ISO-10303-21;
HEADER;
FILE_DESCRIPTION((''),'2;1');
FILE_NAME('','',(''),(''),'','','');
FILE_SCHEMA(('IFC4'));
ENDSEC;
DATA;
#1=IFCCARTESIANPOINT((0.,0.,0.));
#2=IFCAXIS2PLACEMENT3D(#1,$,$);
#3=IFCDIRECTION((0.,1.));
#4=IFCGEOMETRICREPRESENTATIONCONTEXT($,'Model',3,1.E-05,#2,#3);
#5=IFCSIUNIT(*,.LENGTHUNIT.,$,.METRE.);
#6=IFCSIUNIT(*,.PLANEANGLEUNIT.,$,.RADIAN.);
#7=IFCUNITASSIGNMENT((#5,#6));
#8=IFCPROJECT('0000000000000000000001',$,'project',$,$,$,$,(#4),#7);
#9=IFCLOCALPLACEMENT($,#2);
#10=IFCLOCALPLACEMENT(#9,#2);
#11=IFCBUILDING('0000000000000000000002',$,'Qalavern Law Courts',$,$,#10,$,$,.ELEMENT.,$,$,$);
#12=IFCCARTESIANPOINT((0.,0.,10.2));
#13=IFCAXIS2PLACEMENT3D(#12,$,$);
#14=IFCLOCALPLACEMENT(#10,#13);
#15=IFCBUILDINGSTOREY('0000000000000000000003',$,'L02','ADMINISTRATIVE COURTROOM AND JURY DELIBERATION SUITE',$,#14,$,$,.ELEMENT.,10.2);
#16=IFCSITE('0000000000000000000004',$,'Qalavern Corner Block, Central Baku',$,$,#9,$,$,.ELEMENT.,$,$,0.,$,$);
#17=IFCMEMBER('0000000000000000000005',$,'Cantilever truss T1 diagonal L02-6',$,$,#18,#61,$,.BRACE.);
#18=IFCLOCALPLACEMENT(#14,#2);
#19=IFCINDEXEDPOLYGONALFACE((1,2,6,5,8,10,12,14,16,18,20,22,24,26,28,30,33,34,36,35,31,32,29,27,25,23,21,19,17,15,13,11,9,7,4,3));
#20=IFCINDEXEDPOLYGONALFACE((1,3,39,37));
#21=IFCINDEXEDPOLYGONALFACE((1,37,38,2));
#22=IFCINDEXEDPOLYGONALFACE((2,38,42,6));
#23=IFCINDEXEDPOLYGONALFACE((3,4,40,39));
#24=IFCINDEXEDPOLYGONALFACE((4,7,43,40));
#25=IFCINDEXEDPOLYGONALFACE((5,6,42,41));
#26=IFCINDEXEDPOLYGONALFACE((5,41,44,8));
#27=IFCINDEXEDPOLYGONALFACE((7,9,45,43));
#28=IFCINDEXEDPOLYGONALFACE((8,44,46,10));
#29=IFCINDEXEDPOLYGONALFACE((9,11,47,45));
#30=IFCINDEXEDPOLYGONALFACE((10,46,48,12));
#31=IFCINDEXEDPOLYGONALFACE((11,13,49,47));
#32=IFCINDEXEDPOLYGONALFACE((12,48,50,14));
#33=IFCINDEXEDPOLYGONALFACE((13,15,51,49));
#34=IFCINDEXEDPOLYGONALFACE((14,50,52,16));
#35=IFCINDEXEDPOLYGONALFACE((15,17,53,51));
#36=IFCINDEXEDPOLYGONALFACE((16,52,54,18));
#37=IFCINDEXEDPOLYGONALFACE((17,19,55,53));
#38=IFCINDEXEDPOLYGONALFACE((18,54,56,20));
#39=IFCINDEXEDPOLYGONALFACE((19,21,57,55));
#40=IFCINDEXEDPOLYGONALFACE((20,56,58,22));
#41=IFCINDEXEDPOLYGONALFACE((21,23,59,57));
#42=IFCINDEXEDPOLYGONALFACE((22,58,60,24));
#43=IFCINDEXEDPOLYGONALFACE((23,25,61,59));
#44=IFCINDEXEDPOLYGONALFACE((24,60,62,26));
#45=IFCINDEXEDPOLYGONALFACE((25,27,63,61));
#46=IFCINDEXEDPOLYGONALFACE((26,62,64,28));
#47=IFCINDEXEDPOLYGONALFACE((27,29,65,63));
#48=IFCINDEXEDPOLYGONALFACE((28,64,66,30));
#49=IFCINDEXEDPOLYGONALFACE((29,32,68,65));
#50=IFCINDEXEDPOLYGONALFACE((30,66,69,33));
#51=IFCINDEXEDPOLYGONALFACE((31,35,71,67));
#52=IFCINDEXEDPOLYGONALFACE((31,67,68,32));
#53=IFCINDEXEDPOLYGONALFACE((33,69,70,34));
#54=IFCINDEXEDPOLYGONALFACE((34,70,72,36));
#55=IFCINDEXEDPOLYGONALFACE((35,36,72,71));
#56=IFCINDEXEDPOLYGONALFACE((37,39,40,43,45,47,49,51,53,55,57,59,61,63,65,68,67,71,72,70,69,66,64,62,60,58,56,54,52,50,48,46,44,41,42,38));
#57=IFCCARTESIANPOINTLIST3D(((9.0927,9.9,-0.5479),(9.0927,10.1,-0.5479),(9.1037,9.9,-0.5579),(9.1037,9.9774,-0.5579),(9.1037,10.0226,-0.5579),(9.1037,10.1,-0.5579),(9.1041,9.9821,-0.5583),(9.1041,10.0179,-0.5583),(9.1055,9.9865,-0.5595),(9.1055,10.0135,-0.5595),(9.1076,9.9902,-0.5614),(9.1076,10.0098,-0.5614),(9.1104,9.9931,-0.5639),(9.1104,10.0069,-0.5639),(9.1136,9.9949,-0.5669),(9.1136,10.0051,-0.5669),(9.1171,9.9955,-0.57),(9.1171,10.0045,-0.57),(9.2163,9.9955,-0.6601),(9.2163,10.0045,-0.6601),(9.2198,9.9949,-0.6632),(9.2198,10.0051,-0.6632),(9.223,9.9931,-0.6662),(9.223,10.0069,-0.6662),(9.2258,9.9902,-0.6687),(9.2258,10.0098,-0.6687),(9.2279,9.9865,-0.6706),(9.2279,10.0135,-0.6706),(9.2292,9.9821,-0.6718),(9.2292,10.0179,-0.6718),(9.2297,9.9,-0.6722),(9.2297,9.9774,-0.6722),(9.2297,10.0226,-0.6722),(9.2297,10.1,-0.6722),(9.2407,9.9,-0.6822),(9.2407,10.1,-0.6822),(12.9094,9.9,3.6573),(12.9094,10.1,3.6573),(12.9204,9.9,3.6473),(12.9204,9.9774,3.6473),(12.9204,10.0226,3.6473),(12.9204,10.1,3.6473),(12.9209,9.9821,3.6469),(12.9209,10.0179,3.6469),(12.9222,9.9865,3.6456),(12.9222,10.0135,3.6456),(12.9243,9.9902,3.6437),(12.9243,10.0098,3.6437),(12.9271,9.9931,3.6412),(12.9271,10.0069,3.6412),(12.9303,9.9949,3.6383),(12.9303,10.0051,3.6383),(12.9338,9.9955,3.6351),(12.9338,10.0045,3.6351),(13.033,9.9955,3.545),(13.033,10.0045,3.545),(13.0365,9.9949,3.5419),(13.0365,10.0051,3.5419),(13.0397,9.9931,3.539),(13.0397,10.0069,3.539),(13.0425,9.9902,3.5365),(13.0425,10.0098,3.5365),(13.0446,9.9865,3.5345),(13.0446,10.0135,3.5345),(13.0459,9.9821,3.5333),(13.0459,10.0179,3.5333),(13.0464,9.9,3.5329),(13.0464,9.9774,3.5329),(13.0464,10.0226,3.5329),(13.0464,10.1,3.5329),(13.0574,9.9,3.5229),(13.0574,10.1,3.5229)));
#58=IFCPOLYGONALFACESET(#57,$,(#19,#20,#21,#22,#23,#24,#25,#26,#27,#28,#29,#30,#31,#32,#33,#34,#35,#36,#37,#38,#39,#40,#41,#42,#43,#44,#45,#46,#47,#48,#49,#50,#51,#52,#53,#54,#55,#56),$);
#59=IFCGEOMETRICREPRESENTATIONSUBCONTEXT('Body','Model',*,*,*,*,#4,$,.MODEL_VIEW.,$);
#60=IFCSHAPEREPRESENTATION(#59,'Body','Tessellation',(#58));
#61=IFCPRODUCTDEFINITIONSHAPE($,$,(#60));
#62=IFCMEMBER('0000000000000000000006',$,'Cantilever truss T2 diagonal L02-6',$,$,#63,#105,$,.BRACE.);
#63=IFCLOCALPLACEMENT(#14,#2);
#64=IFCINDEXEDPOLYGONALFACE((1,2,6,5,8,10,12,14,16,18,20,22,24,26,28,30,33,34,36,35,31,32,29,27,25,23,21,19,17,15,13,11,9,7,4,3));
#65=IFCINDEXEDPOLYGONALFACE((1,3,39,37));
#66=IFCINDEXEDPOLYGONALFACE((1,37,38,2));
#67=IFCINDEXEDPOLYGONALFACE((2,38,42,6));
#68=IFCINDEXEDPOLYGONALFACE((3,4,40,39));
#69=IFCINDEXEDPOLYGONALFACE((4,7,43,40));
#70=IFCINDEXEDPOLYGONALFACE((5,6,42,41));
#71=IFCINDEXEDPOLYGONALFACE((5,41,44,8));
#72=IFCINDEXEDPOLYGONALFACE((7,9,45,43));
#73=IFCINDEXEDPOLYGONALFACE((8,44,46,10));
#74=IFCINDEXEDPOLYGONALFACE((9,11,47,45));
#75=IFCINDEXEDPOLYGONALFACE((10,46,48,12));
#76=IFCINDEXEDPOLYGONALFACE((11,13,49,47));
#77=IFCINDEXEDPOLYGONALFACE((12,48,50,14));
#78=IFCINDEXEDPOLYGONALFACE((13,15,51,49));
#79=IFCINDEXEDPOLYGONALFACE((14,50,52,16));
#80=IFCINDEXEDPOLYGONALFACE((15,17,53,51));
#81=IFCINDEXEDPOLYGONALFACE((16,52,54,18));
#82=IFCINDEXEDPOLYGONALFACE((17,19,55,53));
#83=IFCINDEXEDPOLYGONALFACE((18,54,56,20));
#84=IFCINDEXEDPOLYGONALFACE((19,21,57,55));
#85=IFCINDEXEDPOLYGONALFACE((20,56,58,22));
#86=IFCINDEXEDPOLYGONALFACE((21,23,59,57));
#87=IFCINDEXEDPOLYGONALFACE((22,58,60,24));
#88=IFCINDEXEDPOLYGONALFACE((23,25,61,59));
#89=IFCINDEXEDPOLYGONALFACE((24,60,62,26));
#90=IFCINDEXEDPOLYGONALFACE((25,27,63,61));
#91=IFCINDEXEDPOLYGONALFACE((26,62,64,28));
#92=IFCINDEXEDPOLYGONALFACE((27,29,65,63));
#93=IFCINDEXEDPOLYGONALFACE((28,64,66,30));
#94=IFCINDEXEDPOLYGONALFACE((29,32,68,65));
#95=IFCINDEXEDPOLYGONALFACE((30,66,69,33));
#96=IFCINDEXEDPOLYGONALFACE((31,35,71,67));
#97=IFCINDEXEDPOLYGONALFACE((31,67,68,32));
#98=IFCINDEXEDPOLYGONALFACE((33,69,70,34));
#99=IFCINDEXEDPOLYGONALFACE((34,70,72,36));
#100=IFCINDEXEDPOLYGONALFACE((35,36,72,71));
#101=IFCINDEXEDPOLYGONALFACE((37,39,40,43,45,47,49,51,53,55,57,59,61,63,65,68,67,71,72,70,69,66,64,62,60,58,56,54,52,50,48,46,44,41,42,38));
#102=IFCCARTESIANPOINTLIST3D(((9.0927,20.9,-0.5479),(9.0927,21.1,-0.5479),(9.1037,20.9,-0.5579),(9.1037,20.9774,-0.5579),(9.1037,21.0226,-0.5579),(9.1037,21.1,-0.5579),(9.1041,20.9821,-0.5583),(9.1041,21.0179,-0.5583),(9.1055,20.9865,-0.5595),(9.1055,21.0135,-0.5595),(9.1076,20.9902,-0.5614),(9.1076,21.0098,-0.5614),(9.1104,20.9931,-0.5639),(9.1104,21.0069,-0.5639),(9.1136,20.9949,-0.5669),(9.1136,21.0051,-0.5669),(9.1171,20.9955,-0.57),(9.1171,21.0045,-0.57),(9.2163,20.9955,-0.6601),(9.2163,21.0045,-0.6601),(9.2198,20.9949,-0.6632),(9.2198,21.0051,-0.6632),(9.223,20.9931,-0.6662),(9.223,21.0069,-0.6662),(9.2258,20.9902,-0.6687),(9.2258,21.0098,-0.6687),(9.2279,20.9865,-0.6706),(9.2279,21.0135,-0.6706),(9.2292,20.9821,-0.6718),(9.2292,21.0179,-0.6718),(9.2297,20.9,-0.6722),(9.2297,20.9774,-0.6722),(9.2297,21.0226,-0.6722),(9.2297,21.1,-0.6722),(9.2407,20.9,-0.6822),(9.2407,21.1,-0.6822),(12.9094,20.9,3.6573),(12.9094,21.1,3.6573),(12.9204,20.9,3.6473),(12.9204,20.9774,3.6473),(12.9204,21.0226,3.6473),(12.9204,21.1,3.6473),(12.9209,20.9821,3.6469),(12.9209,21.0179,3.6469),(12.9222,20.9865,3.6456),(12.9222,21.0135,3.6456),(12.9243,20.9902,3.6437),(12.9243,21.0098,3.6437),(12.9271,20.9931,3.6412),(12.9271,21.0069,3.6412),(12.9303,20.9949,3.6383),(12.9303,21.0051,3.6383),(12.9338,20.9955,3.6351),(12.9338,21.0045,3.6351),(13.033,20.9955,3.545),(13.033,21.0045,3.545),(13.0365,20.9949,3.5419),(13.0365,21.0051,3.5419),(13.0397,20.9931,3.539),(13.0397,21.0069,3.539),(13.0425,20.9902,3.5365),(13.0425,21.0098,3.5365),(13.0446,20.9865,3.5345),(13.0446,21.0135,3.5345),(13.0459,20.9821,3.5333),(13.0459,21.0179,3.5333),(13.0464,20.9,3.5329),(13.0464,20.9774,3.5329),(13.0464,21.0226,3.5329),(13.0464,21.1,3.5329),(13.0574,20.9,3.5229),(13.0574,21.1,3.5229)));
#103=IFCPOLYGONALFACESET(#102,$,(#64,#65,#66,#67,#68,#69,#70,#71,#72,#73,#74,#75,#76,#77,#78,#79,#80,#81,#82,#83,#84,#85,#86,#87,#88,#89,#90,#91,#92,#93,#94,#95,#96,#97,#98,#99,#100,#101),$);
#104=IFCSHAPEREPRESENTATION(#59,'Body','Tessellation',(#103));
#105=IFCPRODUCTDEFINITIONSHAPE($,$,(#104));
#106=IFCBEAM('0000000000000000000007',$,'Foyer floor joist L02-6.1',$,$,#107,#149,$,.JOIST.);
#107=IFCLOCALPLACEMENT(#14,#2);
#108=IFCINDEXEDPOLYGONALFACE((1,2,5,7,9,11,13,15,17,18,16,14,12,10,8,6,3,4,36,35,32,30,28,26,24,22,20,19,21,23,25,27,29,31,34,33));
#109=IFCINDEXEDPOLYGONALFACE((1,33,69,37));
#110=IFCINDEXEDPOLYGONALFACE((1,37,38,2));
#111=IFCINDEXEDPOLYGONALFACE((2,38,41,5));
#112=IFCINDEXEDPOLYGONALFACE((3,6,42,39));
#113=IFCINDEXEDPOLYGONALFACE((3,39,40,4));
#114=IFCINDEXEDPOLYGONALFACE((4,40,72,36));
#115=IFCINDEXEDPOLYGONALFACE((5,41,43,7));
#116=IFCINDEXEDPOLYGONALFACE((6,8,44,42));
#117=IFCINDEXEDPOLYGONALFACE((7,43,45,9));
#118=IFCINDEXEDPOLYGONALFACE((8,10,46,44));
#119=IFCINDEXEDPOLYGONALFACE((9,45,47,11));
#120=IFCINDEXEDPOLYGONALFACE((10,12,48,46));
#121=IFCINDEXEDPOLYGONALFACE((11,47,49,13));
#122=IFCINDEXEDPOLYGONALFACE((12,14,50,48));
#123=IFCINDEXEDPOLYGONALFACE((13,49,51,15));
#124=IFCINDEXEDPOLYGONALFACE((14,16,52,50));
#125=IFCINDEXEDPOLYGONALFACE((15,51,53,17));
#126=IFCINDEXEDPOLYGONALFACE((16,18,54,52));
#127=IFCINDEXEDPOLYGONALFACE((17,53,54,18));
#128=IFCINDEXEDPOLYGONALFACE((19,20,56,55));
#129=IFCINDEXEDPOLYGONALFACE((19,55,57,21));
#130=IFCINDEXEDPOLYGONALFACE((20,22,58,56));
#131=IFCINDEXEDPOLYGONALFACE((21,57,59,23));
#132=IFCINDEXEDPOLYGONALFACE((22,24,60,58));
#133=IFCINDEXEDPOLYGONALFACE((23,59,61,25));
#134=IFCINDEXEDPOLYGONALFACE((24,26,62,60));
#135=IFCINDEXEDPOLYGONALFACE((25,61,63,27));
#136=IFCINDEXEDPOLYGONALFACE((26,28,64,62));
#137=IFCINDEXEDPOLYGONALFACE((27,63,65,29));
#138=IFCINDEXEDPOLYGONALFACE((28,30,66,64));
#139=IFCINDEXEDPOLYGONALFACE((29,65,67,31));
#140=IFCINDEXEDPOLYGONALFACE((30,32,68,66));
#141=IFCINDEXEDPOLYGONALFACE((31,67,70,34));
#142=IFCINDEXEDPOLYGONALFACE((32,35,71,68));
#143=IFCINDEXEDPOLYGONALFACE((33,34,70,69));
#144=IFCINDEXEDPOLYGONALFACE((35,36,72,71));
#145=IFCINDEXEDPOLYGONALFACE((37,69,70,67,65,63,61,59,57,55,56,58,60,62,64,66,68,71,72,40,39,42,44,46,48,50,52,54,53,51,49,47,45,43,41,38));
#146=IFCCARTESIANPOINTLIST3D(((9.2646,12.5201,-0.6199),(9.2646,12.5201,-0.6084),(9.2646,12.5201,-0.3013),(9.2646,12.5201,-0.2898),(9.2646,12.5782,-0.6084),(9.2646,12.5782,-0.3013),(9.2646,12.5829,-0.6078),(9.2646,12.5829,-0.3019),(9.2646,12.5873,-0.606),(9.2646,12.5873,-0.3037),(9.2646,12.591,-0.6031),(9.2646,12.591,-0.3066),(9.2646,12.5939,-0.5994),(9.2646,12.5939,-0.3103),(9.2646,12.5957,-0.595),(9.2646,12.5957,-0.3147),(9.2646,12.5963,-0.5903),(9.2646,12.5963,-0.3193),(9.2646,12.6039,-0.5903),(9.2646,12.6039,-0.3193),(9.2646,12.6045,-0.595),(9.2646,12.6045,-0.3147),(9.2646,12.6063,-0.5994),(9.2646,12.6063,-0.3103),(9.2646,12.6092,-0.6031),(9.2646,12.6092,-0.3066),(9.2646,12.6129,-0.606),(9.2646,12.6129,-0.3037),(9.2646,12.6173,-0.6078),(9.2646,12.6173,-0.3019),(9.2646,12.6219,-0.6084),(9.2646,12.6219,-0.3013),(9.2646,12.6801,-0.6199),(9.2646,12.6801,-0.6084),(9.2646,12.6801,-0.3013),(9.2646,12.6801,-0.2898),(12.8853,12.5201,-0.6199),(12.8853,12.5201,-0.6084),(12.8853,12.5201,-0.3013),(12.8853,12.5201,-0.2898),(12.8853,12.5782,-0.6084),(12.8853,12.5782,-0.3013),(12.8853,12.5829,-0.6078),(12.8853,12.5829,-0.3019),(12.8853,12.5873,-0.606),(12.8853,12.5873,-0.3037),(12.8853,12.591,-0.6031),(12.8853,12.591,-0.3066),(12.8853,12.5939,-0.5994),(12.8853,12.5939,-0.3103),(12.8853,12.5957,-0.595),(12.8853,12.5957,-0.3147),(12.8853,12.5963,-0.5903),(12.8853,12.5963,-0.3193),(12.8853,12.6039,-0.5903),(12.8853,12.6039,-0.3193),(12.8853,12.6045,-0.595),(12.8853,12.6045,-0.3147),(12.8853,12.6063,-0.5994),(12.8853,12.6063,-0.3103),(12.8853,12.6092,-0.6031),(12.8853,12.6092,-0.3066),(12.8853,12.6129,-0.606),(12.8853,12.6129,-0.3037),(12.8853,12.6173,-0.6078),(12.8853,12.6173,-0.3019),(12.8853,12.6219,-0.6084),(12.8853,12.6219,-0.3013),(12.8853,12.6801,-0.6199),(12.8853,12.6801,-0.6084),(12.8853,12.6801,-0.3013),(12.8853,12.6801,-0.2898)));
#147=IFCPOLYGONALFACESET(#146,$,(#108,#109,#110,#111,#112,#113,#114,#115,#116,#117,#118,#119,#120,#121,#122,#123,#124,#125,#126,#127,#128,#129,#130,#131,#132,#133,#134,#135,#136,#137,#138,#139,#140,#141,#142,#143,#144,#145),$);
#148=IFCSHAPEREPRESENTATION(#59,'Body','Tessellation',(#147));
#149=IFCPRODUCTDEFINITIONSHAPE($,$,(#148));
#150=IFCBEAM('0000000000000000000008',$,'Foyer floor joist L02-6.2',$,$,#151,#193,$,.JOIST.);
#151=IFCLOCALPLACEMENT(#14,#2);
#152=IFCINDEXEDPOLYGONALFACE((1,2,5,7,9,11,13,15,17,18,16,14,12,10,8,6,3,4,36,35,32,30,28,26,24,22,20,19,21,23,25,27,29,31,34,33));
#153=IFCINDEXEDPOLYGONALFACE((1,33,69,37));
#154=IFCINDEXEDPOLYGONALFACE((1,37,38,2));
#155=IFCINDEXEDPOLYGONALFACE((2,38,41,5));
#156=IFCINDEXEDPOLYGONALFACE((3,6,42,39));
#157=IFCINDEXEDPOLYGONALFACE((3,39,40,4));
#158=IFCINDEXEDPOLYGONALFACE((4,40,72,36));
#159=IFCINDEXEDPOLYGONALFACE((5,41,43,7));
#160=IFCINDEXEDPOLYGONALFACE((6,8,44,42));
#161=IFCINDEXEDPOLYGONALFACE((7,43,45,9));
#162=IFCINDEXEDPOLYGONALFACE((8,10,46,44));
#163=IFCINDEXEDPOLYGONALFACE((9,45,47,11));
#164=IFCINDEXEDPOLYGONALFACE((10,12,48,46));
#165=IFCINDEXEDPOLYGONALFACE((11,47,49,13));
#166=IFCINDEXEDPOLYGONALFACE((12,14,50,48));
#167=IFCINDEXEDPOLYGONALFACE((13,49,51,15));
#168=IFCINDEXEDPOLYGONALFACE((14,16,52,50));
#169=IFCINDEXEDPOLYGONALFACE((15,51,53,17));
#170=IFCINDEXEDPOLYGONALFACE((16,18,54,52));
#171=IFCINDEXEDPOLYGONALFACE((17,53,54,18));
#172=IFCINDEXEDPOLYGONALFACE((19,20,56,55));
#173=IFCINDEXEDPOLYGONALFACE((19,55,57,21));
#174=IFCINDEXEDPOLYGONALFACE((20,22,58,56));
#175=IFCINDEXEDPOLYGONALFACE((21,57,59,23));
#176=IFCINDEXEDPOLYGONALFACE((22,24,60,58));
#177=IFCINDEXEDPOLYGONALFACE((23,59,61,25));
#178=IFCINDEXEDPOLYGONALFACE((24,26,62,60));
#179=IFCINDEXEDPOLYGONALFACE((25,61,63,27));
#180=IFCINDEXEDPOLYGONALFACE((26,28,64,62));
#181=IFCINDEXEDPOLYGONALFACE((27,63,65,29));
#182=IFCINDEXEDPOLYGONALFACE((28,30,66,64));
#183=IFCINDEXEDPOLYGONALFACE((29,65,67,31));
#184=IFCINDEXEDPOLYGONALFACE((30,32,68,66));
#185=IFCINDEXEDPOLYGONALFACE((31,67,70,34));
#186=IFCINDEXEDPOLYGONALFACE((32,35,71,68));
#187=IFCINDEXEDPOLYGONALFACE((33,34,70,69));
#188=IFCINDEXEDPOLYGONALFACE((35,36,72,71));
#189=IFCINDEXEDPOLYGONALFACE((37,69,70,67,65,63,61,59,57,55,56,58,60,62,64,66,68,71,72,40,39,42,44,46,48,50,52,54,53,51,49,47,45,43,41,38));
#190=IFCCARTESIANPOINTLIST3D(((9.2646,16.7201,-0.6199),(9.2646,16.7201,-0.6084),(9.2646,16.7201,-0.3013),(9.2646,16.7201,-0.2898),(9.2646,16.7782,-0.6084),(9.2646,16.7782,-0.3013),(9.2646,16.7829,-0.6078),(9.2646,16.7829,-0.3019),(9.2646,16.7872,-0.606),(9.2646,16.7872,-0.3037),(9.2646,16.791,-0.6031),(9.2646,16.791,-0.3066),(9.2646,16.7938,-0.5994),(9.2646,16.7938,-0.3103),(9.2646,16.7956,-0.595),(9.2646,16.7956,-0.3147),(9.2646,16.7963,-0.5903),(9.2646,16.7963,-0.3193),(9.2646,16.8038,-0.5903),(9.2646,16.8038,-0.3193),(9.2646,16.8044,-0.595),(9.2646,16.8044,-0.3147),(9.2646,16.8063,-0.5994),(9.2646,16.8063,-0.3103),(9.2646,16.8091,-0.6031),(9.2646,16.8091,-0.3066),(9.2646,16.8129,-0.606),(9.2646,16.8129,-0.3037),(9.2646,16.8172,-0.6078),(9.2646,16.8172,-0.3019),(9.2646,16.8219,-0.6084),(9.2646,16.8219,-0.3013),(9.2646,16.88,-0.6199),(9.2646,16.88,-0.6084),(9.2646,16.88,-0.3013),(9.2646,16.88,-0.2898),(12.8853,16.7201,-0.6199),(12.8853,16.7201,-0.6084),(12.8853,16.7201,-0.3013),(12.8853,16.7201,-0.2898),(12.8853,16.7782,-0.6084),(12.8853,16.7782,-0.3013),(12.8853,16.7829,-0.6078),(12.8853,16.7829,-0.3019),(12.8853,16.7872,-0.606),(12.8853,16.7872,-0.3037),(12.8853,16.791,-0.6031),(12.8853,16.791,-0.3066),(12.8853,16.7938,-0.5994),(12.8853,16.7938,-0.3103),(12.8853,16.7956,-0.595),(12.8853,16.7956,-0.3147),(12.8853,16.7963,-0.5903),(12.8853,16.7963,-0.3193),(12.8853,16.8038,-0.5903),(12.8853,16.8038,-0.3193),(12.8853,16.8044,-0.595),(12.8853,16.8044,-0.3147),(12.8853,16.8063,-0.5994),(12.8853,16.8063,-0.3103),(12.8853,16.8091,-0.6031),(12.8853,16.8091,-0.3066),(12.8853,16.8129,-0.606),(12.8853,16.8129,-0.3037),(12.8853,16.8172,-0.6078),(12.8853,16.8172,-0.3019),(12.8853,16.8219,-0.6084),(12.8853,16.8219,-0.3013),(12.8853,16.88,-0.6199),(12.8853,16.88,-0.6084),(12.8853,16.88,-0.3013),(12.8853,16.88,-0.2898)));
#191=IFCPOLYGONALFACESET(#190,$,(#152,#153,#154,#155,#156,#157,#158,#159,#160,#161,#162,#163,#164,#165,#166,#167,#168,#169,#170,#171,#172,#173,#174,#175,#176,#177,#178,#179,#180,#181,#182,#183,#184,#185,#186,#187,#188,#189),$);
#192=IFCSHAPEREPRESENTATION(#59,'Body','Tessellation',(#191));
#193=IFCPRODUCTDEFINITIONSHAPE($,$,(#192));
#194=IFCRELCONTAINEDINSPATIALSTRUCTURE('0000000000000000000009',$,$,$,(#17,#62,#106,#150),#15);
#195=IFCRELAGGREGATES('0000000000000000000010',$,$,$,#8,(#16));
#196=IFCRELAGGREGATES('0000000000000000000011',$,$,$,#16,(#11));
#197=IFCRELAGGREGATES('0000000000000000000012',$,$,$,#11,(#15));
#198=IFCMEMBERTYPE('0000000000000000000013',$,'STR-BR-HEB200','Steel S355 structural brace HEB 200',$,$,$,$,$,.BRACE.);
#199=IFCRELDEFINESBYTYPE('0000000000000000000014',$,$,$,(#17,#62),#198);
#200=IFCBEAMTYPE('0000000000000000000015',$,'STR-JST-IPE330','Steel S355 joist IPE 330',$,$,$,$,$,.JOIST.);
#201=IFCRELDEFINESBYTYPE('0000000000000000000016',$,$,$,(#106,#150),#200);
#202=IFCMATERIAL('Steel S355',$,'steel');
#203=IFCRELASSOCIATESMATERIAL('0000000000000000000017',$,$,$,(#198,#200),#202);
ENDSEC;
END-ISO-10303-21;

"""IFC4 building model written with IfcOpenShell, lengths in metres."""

from ifc_helpers import new_model, si_unit, direction, frame, origin, origin_2d, place, context, subcontext, project, spatial, i_section, extrude, material, material_profile, profile_set, type_object, element, save


model = new_model("IFC4")

# Units and contexts
model_context = context("Model", 3, precision=1e-05, world=origin(), true_north=direction((0.0, 1.0)))
body_context = subcontext(model_context, "Body", "Model", "MODEL_VIEW")
ifc_project = project(units=[si_unit("LENGTHUNIT", "METRE"), si_unit("PLANEANGLEUNIT", "RADIAN")], contexts=[model_context])

# Site, building, storey
site_placement = place(None, origin())
site = spatial("IfcSite", under=ifc_project, at=site_placement, Name="Qalavern Corner Block, Central Baku", CompositionType="ELEMENT", RefElevation=0.0)
building_placement = place(site_placement, origin())
building = spatial("IfcBuilding", under=site, at=building_placement, Name="Qalavern Law Courts", CompositionType="ELEMENT")
storey_placement = place(building_placement, frame((0.0, 0.0, 10.2)))
storey = spatial("IfcBuildingStorey", under=building, at=storey_placement, Name="L02", Description="ADMINISTRATIVE COURTROOM AND JURY DELIBERATION SUITE", CompositionType="ELEMENT", Elevation=10.2)

# Shared definitions
ifc_material_1 = material(Name="Steel S355", Category="steel")

# Members
ifc_material_profile_1 = material_profile(ifc_material_1, i_section(OverallWidth=0.2, OverallDepth=0.2, WebThickness=0.009, FlangeThickness=0.0149, FilletRadius=0.0181, at=origin_2d()), Name="HEB 200")
ifc_profile_set_1 = profile_set([ifc_material_profile_1], Name="Steel S355")
member_type_1 = type_object("IfcMemberType", Name="STR-BR-HEB200", Description="Steel S355 structural brace HEB 200", PredefinedType="BRACE", material=ifc_profile_set_1)
for number, where, z_axis, x_axis, name in (
    (1, (12.9834, 10.0, 3.5901), (-0.67208, 0.0, -0.740479), (0.0, -1.0, 0.0), "Cantilever truss T1 diagonal L02-6"),
    (2, (12.9834, 21.0, 3.5901), (-0.67208, 0.0, -0.740479), (0.0, -1.0, 0.0), "Cantilever truss T2 diagonal L02-6"),
):
    element("IfcMember", number, at=place(storey_placement, frame(where, z_axis=z_axis, x_axis=x_axis)), inside=storey, type_object=member_type_1, Name=name, PredefinedType="BRACE", context=body_context, shape_type="SweptSolid", body=[
        extrude(i_section(OverallWidth=0.2, OverallDepth=0.2, WebThickness=0.009, FlangeThickness=0.0149, FilletRadius=0.0181, at=origin_2d()), origin(), (0.0, 0.0, 1.0), 5.679),
    ])

# Beams
ifc_material_profile_2 = material_profile(ifc_material_1, i_section(OverallWidth=0.1599, OverallDepth=0.3301, WebThickness=0.0076, FlangeThickness=0.0115, FilletRadius=0.0181, at=origin_2d()), Name="IPE 330")
ifc_profile_set_2 = profile_set([ifc_material_profile_2], Name="Steel S355")
beam_type_1 = type_object("IfcBeamType", Name="STR-JST-IPE330", Description="Steel S355 joist IPE 330", PredefinedType="JOIST", material=ifc_profile_set_2)
for number, where, z_axis, x_axis, name in (
    (3, (9.2646, 12.6001, -0.4548), (1.0, 0.0, 0.0), (0.0, 1.0, 0.0), "Foyer floor joist L02-6.1"),
    (4, (9.2646, 16.8, -0.4548), (1.0, 0.0, 0.0), (0.0, 1.0, 0.0), "Foyer floor joist L02-6.2"),
):
    element("IfcBeam", number, at=place(storey_placement, frame(where, z_axis=z_axis, x_axis=x_axis)), inside=storey, type_object=beam_type_1, Name=name, PredefinedType="JOIST", context=body_context, shape_type="SweptSolid", body=[
        extrude(i_section(OverallWidth=0.1599, OverallDepth=0.3301, WebThickness=0.0076, FlangeThickness=0.0115, FilletRadius=0.0181, at=origin_2d()), origin(), (0.0, 0.0, 1.0), 3.6206),
    ])

save(model, "model.ifc")
